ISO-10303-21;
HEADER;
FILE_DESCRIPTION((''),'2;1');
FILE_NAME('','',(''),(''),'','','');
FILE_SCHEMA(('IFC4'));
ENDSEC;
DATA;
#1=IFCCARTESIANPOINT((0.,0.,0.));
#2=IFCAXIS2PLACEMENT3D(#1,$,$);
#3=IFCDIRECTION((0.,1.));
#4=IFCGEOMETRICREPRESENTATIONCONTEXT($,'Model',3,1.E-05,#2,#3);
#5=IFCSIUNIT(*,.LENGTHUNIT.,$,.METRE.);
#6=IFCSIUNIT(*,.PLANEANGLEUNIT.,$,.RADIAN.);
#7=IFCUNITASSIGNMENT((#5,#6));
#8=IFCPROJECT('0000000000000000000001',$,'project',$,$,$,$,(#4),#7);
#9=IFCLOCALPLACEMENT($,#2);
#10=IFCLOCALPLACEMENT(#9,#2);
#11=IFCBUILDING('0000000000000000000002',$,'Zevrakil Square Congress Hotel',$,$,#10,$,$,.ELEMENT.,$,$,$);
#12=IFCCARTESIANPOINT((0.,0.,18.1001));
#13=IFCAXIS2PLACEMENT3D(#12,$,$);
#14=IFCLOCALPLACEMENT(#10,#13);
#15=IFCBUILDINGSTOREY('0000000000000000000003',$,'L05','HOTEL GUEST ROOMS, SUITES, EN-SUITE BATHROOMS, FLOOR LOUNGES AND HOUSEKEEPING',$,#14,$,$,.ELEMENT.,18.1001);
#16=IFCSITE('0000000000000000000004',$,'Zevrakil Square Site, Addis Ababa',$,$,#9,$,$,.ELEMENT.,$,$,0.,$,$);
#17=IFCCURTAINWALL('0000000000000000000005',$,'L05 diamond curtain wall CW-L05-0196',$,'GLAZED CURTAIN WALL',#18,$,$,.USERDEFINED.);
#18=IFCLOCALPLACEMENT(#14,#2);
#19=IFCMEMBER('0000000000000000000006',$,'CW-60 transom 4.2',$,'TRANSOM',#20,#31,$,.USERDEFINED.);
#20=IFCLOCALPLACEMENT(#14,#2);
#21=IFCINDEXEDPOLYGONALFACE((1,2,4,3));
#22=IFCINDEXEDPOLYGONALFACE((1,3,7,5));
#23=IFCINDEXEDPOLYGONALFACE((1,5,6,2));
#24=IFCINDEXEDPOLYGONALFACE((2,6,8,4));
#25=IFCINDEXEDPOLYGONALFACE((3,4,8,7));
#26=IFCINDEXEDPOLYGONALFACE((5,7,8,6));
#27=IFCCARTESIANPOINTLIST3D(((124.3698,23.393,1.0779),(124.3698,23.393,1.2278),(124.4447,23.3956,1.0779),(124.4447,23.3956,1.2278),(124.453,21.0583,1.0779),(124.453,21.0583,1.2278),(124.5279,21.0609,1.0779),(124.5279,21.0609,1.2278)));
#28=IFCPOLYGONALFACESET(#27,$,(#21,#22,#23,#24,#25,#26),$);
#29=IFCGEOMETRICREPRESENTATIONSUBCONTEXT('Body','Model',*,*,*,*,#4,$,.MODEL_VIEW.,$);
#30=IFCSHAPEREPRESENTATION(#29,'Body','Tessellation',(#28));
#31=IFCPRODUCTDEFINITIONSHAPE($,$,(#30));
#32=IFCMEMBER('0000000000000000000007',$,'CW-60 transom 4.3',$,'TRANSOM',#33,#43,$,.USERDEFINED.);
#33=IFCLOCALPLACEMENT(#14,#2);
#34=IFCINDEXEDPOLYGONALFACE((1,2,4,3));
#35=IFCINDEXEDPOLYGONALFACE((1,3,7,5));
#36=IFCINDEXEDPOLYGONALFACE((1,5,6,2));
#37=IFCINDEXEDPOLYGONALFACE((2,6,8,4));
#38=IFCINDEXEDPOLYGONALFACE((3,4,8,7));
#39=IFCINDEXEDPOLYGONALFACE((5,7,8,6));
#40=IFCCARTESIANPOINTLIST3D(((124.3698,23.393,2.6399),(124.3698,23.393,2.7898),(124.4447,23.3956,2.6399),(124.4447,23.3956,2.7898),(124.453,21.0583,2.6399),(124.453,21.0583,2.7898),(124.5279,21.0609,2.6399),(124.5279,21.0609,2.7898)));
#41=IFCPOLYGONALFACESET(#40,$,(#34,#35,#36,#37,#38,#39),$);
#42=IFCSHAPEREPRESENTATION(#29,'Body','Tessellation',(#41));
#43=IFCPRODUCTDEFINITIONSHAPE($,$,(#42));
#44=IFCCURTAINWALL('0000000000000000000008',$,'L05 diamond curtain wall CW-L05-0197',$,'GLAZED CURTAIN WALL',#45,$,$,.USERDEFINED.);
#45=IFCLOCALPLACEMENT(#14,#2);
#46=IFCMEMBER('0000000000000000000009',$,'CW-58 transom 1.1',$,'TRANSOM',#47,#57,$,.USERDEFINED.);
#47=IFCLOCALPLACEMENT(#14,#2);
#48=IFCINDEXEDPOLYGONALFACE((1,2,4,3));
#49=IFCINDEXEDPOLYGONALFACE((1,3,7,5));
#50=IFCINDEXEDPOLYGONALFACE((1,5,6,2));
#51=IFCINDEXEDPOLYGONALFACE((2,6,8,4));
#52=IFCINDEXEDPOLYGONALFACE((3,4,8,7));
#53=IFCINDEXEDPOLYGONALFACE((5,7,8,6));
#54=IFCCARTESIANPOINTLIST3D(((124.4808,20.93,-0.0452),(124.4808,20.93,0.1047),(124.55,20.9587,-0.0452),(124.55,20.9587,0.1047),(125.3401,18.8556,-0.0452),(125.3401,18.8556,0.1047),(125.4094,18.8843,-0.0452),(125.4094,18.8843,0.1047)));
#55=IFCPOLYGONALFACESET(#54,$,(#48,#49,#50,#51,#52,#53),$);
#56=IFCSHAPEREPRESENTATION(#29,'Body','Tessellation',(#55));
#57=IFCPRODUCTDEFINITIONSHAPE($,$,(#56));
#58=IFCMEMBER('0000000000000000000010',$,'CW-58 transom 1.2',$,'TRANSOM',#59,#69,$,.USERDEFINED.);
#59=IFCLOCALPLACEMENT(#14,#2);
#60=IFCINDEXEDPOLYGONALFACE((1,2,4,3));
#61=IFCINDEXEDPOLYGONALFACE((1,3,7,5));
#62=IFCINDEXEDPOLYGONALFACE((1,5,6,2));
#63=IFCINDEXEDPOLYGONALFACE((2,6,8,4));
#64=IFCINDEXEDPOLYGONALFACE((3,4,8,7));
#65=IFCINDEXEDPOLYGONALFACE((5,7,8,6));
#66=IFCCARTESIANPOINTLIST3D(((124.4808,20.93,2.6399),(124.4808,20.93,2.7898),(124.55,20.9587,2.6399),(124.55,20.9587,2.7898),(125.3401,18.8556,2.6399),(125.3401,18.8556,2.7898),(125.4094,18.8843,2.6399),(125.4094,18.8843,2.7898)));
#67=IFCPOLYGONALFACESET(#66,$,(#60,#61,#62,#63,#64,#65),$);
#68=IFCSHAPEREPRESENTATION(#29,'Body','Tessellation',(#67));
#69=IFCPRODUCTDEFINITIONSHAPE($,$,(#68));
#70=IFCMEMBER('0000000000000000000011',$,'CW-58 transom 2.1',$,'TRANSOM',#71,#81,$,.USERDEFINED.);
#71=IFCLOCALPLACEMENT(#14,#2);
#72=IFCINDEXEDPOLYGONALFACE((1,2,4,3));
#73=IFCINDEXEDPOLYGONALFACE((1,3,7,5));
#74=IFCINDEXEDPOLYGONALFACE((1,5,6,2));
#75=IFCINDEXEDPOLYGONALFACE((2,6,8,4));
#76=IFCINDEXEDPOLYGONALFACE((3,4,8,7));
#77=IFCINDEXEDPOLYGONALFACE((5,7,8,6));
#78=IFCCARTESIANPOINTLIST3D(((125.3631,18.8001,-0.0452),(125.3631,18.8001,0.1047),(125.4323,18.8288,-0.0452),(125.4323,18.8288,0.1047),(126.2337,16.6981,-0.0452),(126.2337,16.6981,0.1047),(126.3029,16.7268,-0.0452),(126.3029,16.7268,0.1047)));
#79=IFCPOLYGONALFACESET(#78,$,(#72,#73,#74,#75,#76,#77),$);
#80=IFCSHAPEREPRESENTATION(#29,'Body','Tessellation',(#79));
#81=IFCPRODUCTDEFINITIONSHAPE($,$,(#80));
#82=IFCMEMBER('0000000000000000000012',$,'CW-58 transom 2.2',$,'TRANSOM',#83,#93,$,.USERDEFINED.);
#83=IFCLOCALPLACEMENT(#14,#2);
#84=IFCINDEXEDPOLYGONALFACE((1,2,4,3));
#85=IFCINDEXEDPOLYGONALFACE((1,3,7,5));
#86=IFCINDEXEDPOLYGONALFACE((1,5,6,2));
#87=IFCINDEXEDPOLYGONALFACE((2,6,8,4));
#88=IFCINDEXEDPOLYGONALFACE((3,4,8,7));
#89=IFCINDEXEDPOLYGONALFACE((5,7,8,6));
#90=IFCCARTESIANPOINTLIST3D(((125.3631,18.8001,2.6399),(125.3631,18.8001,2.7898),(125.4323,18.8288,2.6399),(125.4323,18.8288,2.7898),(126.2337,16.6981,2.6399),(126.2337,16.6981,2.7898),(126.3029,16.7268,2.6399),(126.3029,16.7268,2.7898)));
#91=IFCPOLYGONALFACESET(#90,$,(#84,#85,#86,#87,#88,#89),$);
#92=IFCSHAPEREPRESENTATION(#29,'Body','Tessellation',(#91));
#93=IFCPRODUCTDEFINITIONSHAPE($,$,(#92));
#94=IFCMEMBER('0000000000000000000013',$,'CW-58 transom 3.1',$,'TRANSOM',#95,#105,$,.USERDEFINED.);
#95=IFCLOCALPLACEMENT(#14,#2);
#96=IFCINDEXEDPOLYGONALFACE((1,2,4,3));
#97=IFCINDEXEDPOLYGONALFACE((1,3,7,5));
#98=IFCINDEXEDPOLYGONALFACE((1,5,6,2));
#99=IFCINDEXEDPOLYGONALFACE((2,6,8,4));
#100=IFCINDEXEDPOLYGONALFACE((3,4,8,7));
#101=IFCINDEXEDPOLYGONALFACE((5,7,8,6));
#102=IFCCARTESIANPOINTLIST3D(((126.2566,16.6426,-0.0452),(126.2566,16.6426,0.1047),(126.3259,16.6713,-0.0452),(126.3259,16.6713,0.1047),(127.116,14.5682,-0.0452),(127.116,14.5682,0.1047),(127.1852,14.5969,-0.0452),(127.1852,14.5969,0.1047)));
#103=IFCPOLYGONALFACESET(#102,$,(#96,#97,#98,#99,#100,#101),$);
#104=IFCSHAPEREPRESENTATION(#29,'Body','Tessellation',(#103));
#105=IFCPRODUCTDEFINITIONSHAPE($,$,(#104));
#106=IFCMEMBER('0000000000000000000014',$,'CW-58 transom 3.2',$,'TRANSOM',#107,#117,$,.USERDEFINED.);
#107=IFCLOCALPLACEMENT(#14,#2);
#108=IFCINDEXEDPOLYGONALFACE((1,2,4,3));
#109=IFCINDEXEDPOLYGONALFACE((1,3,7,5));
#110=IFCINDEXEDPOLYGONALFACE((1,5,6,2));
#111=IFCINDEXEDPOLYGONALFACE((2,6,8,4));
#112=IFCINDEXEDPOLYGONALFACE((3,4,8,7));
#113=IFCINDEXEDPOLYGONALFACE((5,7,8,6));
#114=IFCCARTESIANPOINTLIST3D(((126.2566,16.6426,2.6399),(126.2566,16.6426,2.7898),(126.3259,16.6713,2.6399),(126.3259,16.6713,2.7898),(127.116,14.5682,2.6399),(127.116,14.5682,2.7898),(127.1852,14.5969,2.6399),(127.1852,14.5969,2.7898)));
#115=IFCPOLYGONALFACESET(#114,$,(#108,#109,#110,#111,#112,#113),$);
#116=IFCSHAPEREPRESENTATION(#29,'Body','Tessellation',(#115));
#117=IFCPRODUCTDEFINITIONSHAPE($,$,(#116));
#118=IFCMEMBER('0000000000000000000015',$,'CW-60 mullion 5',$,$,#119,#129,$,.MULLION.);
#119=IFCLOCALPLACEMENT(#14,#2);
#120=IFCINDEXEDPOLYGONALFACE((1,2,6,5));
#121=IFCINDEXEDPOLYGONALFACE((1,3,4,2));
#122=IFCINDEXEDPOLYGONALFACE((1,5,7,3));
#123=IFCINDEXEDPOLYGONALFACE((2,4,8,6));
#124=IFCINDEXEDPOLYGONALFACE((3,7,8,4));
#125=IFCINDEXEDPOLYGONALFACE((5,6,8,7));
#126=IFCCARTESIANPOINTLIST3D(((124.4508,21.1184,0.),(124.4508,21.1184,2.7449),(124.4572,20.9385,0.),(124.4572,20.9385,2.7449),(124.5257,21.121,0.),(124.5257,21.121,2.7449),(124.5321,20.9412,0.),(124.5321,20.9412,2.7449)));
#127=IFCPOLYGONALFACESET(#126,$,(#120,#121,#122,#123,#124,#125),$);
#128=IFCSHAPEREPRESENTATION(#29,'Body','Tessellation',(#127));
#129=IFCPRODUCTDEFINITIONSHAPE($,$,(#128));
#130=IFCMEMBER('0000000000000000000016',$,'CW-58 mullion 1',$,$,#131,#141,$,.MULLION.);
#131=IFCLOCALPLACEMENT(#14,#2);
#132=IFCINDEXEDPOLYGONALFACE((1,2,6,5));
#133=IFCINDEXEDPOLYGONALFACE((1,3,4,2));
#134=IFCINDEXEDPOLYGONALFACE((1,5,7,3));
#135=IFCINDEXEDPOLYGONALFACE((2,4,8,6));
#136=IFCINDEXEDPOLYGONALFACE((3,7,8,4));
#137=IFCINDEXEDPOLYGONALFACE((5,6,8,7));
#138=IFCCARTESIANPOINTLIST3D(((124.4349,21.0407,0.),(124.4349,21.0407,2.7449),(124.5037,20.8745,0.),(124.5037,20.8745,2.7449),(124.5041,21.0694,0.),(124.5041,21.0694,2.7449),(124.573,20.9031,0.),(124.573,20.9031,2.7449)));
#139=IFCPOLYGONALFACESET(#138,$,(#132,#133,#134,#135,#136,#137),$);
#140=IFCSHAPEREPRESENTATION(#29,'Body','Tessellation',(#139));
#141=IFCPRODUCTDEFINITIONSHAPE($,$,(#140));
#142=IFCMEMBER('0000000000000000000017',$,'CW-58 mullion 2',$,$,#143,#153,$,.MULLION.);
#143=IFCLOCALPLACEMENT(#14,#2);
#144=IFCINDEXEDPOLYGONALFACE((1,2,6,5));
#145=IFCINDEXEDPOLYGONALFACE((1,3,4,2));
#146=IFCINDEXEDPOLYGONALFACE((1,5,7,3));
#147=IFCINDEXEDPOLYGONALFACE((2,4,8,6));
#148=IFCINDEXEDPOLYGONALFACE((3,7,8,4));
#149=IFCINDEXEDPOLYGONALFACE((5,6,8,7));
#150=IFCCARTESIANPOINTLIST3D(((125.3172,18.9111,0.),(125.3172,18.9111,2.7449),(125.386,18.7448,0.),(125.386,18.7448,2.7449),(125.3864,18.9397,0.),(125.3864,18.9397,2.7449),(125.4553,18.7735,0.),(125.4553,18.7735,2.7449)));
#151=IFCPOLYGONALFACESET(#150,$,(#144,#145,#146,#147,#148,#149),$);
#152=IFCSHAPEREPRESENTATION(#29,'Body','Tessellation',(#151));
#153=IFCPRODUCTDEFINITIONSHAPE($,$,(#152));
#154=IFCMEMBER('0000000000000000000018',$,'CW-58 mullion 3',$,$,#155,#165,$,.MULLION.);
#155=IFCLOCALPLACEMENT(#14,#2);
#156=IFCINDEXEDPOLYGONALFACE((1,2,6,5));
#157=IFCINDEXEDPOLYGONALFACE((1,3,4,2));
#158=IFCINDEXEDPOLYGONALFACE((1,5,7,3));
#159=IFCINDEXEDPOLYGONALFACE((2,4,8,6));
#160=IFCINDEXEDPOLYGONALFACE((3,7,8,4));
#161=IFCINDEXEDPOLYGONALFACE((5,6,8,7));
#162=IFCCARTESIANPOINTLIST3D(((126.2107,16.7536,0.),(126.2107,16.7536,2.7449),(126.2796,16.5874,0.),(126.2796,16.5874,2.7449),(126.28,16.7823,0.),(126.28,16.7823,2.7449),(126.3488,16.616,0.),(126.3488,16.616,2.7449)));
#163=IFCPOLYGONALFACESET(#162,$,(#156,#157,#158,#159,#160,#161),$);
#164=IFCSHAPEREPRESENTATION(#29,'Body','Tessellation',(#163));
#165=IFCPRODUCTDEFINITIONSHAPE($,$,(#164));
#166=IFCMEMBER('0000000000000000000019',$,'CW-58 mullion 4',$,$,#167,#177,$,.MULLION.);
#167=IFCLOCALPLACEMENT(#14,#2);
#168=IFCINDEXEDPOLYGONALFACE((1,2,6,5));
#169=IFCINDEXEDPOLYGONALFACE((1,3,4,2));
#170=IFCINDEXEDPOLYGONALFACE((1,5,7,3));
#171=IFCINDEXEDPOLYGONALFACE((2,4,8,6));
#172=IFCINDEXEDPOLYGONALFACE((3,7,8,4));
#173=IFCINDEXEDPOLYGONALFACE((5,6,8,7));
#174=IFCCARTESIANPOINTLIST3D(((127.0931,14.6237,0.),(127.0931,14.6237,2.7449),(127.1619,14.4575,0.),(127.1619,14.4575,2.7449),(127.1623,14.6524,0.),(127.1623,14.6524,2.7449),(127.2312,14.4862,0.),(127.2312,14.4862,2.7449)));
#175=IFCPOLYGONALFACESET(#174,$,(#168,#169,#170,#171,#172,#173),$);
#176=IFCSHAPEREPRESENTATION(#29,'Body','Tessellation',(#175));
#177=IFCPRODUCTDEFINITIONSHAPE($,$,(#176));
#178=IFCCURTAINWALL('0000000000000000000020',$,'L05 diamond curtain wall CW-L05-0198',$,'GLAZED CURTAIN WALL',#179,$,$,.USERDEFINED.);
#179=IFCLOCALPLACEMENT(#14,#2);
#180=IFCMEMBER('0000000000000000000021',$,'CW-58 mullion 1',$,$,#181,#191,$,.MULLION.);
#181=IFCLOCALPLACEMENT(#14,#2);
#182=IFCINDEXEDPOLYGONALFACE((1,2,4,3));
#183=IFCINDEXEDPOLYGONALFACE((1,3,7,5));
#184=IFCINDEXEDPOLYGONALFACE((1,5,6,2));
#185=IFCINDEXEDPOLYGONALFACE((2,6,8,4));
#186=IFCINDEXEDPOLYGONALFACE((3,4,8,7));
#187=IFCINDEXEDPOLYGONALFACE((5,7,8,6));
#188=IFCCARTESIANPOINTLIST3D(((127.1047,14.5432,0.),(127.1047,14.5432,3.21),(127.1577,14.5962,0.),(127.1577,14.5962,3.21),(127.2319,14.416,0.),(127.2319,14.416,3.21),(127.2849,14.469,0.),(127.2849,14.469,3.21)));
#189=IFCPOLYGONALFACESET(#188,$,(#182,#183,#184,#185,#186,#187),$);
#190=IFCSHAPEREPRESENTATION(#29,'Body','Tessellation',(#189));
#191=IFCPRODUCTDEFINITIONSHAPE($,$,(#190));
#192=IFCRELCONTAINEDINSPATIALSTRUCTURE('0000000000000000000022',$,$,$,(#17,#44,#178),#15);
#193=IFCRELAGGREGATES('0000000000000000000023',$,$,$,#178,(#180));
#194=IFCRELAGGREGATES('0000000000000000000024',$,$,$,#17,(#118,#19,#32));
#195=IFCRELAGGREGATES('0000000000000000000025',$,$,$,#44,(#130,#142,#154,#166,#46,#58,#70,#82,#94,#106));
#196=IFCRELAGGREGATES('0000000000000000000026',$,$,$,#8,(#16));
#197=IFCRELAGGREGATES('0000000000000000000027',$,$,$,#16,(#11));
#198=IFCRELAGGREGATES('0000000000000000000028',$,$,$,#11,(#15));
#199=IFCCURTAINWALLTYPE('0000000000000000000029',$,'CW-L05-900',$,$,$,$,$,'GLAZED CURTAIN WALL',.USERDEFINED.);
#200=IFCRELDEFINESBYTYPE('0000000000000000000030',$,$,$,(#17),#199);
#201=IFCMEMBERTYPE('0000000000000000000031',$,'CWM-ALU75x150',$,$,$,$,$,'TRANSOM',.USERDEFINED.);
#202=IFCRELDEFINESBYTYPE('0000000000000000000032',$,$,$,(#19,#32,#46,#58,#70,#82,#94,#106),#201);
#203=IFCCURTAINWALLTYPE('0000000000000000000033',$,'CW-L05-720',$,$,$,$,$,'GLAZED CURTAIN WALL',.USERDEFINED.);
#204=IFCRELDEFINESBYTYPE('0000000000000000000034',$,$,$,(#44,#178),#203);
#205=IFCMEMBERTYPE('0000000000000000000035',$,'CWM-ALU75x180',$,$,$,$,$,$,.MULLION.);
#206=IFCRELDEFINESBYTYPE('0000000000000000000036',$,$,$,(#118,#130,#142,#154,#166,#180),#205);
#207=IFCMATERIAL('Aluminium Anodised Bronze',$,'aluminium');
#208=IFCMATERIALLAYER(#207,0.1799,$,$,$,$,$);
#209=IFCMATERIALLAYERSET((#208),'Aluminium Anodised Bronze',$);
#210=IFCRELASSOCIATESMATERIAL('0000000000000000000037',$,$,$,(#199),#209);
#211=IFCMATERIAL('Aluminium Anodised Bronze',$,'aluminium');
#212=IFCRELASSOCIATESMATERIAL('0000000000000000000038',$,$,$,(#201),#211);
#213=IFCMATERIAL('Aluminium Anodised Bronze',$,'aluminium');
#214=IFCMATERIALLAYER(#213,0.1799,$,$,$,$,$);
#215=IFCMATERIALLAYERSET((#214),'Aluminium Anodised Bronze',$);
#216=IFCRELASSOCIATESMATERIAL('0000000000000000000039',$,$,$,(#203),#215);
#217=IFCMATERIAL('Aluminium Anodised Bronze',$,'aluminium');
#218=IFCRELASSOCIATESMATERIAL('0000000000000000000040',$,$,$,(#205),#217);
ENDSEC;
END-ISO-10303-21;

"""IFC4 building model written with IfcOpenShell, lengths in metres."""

from ifc_helpers import new_model, si_unit, direction, frame, origin, origin_2d, place, context, subcontext, project, spatial, rectangle, extrude, material, layer, layer_set, material_profile, profile_set, type_object, element, aggregate, save


model = new_model("IFC4")

# Units and contexts
model_context = context("Model", 3, precision=1e-05, world=origin(), true_north=direction((0.0, 1.0)))
body_context = subcontext(model_context, "Body", "Model", "MODEL_VIEW")
ifc_project = project(units=[si_unit("LENGTHUNIT", "METRE"), si_unit("PLANEANGLEUNIT", "RADIAN")], contexts=[model_context])

# Site, building, storey
site_placement = place(None, origin())
site = spatial("IfcSite", under=ifc_project, at=site_placement, Name="Zevrakil Square Site, Addis Ababa", CompositionType="ELEMENT", RefElevation=0.0)
building_placement = place(site_placement, origin())
building = spatial("IfcBuilding", under=site, at=building_placement, Name="Zevrakil Square Congress Hotel", CompositionType="ELEMENT")
storey_placement = place(building_placement, frame((0.0, 0.0, 18.1001)))
storey = spatial("IfcBuildingStorey", under=building, at=storey_placement, Name="L05", Description="HOTEL GUEST ROOMS, SUITES, EN-SUITE BATHROOMS, FLOOR LOUNGES AND HOUSEKEEPING", CompositionType="ELEMENT", Elevation=18.1001)

# Curtain walls, members
ifc_material_1 = material(Name="Aluminium Anodised Bronze", Category="aluminium")
ifc_layer_1 = layer(ifc_material_1, 0.1799)
ifc_layer_set_1 = layer_set([ifc_layer_1], Name="Aluminium Anodised Bronze")
curtain_wall_type_1 = type_object("IfcCurtainWallType", Name="CW-L05-900", ElementType="GLAZED CURTAIN WALL", PredefinedType="USERDEFINED", material=ifc_layer_set_1)
curtain_wall_1_placement = place(storey_placement, origin())
curtain_wall_1 = element("IfcCurtainWall", 1, at=curtain_wall_1_placement, inside=storey, type_object=curtain_wall_type_1, Name="L05 diamond curtain wall CW-L05-0196", ObjectType="GLAZED CURTAIN WALL", PredefinedType="USERDEFINED")
ifc_material_2 = material(Name="Aluminium Anodised Bronze", Category="aluminium")
ifc_material_profile_1 = material_profile(ifc_material_2, rectangle(XDim=0.075, YDim=0.1499, at=origin_2d()), Name="ALU 75x150")
ifc_profile_set_1 = profile_set([ifc_material_profile_1], Name="Aluminium Anodised Bronze")
member_type_1 = type_object("IfcMemberType", Name="CWM-ALU75x150", ElementType="TRANSOM", PredefinedType="USERDEFINED", material=ifc_profile_set_1)
member_1_placement = place(storey_placement, frame((124.4072, 23.3943, 1.1528), z_axis=(0.035636, -0.999365, 0.0), x_axis=(0.999365, 0.035636, 0.0)))
member_1 = element("IfcMember", 2, at=member_1_placement, type_object=member_type_1, Name="CW-60 transom 4.2", ObjectType="TRANSOM", PredefinedType="USERDEFINED", context=body_context, shape_type="SweptSolid", body=[
    extrude(rectangle(XDim=0.075, YDim=0.1499, at=origin_2d()), origin(), (0.0, 0.0, 1.0), 2.3362),
])
member_2_placement = place(storey_placement, frame((124.4072, 23.3943, 2.7148), z_axis=(0.035636, -0.999365, 0.0), x_axis=(0.999365, 0.035636, 0.0)))
member_2 = element("IfcMember", 3, at=member_2_placement, type_object=member_type_1, Name="CW-60 transom 4.3", ObjectType="TRANSOM", PredefinedType="USERDEFINED", context=body_context, shape_type="SweptSolid", body=[
    extrude(rectangle(XDim=0.075, YDim=0.1499, at=origin_2d()), origin(), (0.0, 0.0, 1.0), 2.3362),
])
ifc_material_3 = material(Name="Aluminium Anodised Bronze", Category="aluminium")
ifc_layer_2 = layer(ifc_material_3, 0.1799)
ifc_layer_set_2 = layer_set([ifc_layer_2], Name="Aluminium Anodised Bronze")
curtain_wall_type_2 = type_object("IfcCurtainWallType", Name="CW-L05-720", ElementType="GLAZED CURTAIN WALL", PredefinedType="USERDEFINED", material=ifc_layer_set_2)
curtain_wall_2_placement = place(storey_placement, origin())
curtain_wall_2 = element("IfcCurtainWall", 4, at=curtain_wall_2_placement, inside=storey, type_object=curtain_wall_type_2, Name="L05 diamond curtain wall CW-L05-0197", ObjectType="GLAZED CURTAIN WALL", PredefinedType="USERDEFINED")
member_3_placement = place(storey_placement, frame((124.5154, 20.9443, 0.0298), z_axis=(0.382723, -0.923863, 0.0), x_axis=(0.923863, 0.382723, 0.0)))
member_3 = element("IfcMember", 5, at=member_3_placement, type_object=member_type_1, Name="CW-58 transom 1.1", ObjectType="TRANSOM", PredefinedType="USERDEFINED", context=body_context, shape_type="SweptSolid", body=[
    extrude(rectangle(XDim=0.075, YDim=0.1499, at=origin_2d()), origin(), (0.0, 0.0, 1.0), 2.2454),
])
member_4_placement = place(storey_placement, frame((124.5154, 20.9443, 2.7148), z_axis=(0.382723, -0.923863, 0.0), x_axis=(0.923863, 0.382723, 0.0)))
member_4 = element("IfcMember", 6, at=member_4_placement, type_object=member_type_1, Name="CW-58 transom 1.2", ObjectType="TRANSOM", PredefinedType="USERDEFINED", context=body_context, shape_type="SweptSolid", body=[
    extrude(rectangle(XDim=0.075, YDim=0.1499, at=origin_2d()), origin(), (0.0, 0.0, 1.0), 2.2454),
])
member_5_placement = place(storey_placement, frame((125.3977, 18.8145, 0.0298), z_axis=(0.382649, -0.923894, 0.0), x_axis=(0.923894, 0.382649, 0.0)))
member_5 = element("IfcMember", 7, at=member_5_placement, type_object=member_type_1, Name="CW-58 transom 2.1", ObjectType="TRANSOM", PredefinedType="USERDEFINED", context=body_context, shape_type="SweptSolid", body=[
    extrude(rectangle(XDim=0.075, YDim=0.1499, at=origin_2d()), origin(), (0.0, 0.0, 1.0), 2.2751),
])
member_6_placement = place(storey_placement, frame((125.3977, 18.8145, 2.7148), z_axis=(0.382649, -0.923894, 0.0), x_axis=(0.923894, 0.382649, 0.0)))
member_6 = element("IfcMember", 8, at=member_6_placement, type_object=member_type_1, Name="CW-58 transom 2.2", ObjectType="TRANSOM", PredefinedType="USERDEFINED", context=body_context, shape_type="SweptSolid", body=[
    extrude(rectangle(XDim=0.075, YDim=0.1499, at=origin_2d()), origin(), (0.0, 0.0, 1.0), 2.2751),
])
member_7_placement = place(storey_placement, frame((126.2913, 16.657, 0.0298), z_axis=(0.382723, -0.923863, 0.0), x_axis=(0.923863, 0.382723, 0.0)))
member_7 = element("IfcMember", 9, at=member_7_placement, type_object=member_type_1, Name="CW-58 transom 3.1", ObjectType="TRANSOM", PredefinedType="USERDEFINED", context=body_context, shape_type="SweptSolid", body=[
    extrude(rectangle(XDim=0.075, YDim=0.1499, at=origin_2d()), origin(), (0.0, 0.0, 1.0), 2.2454),
])
member_8_placement = place(storey_placement, frame((126.2913, 16.657, 2.7148), z_axis=(0.382723, -0.923863, 0.0), x_axis=(0.923863, 0.382723, 0.0)))
member_8 = element("IfcMember", 10, at=member_8_placement, type_object=member_type_1, Name="CW-58 transom 3.2", ObjectType="TRANSOM", PredefinedType="USERDEFINED", context=body_context, shape_type="SweptSolid", body=[
    extrude(rectangle(XDim=0.075, YDim=0.1499, at=origin_2d()), origin(), (0.0, 0.0, 1.0), 2.2454),
])

# Members
ifc_material_4 = material(Name="Aluminium Anodised Bronze", Category="aluminium")
ifc_material_profile_2 = material_profile(ifc_material_4, rectangle(XDim=0.075, YDim=0.1799, at=origin_2d()), Name="ALU 75x180")
ifc_profile_set_2 = profile_set([ifc_material_profile_2], Name="Aluminium Anodised Bronze")
member_type_2 = type_object("IfcMemberType", Name="CWM-ALU75x180", PredefinedType="MULLION", material=ifc_profile_set_2)
member_9_placement = place(storey_placement, frame((124.4915, 21.0298, 0.0), z_axis=(0.0, 0.0, 1.0), x_axis=(0.999368, 0.035553, 0.0)))
member_9 = element("IfcMember", 11, at=member_9_placement, type_object=member_type_2, Name="CW-60 mullion 5", PredefinedType="MULLION", context=body_context, shape_type="SweptSolid", body=[
    extrude(rectangle(XDim=0.075, YDim=0.1799, at=origin_2d()), origin(), (0.0, 0.0, 1.0), 2.7449),
])
member_10_placement = place(storey_placement, frame((124.5039, 20.9719, 0.0), z_axis=(0.0, 0.0, 1.0), x_axis=(0.923879, 0.382684, 0.0)))
member_10 = element("IfcMember", 12, at=member_10_placement, type_object=member_type_2, Name="CW-58 mullion 1", PredefinedType="MULLION", context=body_context, shape_type="SweptSolid", body=[
    extrude(rectangle(XDim=0.075, YDim=0.1799, at=origin_2d()), origin(), (0.0, 0.0, 1.0), 2.7449),
])
member_11_placement = place(storey_placement, frame((125.3862, 18.8423, 0.0), z_axis=(0.0, 0.0, 1.0), x_axis=(0.923879, 0.382684, 0.0)))
member_11 = element("IfcMember", 13, at=member_11_placement, type_object=member_type_2, Name="CW-58 mullion 2", PredefinedType="MULLION", context=body_context, shape_type="SweptSolid", body=[
    extrude(rectangle(XDim=0.075, YDim=0.1799, at=origin_2d()), origin(), (0.0, 0.0, 1.0), 2.7449),
])
member_12_placement = place(storey_placement, frame((126.2798, 16.6848, 0.0), z_axis=(0.0, 0.0, 1.0), x_axis=(0.923879, 0.382684, 0.0)))
member_12 = element("IfcMember", 14, at=member_12_placement, type_object=member_type_2, Name="CW-58 mullion 3", PredefinedType="MULLION", context=body_context, shape_type="SweptSolid", body=[
    extrude(rectangle(XDim=0.075, YDim=0.1799, at=origin_2d()), origin(), (0.0, 0.0, 1.0), 2.7449),
])
member_13_placement = place(storey_placement, frame((127.1621, 14.5549, 0.0), z_axis=(0.0, 0.0, 1.0), x_axis=(0.923879, 0.382684, 0.0)))
member_13 = element("IfcMember", 15, at=member_13_placement, type_object=member_type_2, Name="CW-58 mullion 4", PredefinedType="MULLION", context=body_context, shape_type="SweptSolid", body=[
    extrude(rectangle(XDim=0.075, YDim=0.1799, at=origin_2d()), origin(), (0.0, 0.0, 1.0), 2.7449),
])

# Curtain wall, member
curtain_wall_3_placement = place(storey_placement, origin())
curtain_wall_3 = element("IfcCurtainWall", 16, at=curtain_wall_3_placement, inside=storey, type_object=curtain_wall_type_2, Name="L05 diamond curtain wall CW-L05-0198", ObjectType="GLAZED CURTAIN WALL", PredefinedType="USERDEFINED")
member_14_placement = place(storey_placement, frame((127.1948, 14.5061, 0.0), z_axis=(0.0, 0.0, 1.0), x_axis=(0.707107, 0.707107, 0.0)))
member_14 = element("IfcMember", 17, at=member_14_placement, type_object=member_type_2, Name="CW-58 mullion 1", PredefinedType="MULLION", context=body_context, shape_type="SweptSolid", body=[
    extrude(rectangle(XDim=0.075, YDim=0.1799, at=origin_2d()), origin(), (0.0, 0.0, 1.0), 3.21),
])
aggregate(curtain_wall_3, [member_14])

aggregate(curtain_wall_1, [member_9, member_1, member_2])
aggregate(curtain_wall_2, [member_10, member_11, member_12, member_13, member_3, member_4, member_5, member_6, member_7, member_8])

save(model, "model.ifc")
